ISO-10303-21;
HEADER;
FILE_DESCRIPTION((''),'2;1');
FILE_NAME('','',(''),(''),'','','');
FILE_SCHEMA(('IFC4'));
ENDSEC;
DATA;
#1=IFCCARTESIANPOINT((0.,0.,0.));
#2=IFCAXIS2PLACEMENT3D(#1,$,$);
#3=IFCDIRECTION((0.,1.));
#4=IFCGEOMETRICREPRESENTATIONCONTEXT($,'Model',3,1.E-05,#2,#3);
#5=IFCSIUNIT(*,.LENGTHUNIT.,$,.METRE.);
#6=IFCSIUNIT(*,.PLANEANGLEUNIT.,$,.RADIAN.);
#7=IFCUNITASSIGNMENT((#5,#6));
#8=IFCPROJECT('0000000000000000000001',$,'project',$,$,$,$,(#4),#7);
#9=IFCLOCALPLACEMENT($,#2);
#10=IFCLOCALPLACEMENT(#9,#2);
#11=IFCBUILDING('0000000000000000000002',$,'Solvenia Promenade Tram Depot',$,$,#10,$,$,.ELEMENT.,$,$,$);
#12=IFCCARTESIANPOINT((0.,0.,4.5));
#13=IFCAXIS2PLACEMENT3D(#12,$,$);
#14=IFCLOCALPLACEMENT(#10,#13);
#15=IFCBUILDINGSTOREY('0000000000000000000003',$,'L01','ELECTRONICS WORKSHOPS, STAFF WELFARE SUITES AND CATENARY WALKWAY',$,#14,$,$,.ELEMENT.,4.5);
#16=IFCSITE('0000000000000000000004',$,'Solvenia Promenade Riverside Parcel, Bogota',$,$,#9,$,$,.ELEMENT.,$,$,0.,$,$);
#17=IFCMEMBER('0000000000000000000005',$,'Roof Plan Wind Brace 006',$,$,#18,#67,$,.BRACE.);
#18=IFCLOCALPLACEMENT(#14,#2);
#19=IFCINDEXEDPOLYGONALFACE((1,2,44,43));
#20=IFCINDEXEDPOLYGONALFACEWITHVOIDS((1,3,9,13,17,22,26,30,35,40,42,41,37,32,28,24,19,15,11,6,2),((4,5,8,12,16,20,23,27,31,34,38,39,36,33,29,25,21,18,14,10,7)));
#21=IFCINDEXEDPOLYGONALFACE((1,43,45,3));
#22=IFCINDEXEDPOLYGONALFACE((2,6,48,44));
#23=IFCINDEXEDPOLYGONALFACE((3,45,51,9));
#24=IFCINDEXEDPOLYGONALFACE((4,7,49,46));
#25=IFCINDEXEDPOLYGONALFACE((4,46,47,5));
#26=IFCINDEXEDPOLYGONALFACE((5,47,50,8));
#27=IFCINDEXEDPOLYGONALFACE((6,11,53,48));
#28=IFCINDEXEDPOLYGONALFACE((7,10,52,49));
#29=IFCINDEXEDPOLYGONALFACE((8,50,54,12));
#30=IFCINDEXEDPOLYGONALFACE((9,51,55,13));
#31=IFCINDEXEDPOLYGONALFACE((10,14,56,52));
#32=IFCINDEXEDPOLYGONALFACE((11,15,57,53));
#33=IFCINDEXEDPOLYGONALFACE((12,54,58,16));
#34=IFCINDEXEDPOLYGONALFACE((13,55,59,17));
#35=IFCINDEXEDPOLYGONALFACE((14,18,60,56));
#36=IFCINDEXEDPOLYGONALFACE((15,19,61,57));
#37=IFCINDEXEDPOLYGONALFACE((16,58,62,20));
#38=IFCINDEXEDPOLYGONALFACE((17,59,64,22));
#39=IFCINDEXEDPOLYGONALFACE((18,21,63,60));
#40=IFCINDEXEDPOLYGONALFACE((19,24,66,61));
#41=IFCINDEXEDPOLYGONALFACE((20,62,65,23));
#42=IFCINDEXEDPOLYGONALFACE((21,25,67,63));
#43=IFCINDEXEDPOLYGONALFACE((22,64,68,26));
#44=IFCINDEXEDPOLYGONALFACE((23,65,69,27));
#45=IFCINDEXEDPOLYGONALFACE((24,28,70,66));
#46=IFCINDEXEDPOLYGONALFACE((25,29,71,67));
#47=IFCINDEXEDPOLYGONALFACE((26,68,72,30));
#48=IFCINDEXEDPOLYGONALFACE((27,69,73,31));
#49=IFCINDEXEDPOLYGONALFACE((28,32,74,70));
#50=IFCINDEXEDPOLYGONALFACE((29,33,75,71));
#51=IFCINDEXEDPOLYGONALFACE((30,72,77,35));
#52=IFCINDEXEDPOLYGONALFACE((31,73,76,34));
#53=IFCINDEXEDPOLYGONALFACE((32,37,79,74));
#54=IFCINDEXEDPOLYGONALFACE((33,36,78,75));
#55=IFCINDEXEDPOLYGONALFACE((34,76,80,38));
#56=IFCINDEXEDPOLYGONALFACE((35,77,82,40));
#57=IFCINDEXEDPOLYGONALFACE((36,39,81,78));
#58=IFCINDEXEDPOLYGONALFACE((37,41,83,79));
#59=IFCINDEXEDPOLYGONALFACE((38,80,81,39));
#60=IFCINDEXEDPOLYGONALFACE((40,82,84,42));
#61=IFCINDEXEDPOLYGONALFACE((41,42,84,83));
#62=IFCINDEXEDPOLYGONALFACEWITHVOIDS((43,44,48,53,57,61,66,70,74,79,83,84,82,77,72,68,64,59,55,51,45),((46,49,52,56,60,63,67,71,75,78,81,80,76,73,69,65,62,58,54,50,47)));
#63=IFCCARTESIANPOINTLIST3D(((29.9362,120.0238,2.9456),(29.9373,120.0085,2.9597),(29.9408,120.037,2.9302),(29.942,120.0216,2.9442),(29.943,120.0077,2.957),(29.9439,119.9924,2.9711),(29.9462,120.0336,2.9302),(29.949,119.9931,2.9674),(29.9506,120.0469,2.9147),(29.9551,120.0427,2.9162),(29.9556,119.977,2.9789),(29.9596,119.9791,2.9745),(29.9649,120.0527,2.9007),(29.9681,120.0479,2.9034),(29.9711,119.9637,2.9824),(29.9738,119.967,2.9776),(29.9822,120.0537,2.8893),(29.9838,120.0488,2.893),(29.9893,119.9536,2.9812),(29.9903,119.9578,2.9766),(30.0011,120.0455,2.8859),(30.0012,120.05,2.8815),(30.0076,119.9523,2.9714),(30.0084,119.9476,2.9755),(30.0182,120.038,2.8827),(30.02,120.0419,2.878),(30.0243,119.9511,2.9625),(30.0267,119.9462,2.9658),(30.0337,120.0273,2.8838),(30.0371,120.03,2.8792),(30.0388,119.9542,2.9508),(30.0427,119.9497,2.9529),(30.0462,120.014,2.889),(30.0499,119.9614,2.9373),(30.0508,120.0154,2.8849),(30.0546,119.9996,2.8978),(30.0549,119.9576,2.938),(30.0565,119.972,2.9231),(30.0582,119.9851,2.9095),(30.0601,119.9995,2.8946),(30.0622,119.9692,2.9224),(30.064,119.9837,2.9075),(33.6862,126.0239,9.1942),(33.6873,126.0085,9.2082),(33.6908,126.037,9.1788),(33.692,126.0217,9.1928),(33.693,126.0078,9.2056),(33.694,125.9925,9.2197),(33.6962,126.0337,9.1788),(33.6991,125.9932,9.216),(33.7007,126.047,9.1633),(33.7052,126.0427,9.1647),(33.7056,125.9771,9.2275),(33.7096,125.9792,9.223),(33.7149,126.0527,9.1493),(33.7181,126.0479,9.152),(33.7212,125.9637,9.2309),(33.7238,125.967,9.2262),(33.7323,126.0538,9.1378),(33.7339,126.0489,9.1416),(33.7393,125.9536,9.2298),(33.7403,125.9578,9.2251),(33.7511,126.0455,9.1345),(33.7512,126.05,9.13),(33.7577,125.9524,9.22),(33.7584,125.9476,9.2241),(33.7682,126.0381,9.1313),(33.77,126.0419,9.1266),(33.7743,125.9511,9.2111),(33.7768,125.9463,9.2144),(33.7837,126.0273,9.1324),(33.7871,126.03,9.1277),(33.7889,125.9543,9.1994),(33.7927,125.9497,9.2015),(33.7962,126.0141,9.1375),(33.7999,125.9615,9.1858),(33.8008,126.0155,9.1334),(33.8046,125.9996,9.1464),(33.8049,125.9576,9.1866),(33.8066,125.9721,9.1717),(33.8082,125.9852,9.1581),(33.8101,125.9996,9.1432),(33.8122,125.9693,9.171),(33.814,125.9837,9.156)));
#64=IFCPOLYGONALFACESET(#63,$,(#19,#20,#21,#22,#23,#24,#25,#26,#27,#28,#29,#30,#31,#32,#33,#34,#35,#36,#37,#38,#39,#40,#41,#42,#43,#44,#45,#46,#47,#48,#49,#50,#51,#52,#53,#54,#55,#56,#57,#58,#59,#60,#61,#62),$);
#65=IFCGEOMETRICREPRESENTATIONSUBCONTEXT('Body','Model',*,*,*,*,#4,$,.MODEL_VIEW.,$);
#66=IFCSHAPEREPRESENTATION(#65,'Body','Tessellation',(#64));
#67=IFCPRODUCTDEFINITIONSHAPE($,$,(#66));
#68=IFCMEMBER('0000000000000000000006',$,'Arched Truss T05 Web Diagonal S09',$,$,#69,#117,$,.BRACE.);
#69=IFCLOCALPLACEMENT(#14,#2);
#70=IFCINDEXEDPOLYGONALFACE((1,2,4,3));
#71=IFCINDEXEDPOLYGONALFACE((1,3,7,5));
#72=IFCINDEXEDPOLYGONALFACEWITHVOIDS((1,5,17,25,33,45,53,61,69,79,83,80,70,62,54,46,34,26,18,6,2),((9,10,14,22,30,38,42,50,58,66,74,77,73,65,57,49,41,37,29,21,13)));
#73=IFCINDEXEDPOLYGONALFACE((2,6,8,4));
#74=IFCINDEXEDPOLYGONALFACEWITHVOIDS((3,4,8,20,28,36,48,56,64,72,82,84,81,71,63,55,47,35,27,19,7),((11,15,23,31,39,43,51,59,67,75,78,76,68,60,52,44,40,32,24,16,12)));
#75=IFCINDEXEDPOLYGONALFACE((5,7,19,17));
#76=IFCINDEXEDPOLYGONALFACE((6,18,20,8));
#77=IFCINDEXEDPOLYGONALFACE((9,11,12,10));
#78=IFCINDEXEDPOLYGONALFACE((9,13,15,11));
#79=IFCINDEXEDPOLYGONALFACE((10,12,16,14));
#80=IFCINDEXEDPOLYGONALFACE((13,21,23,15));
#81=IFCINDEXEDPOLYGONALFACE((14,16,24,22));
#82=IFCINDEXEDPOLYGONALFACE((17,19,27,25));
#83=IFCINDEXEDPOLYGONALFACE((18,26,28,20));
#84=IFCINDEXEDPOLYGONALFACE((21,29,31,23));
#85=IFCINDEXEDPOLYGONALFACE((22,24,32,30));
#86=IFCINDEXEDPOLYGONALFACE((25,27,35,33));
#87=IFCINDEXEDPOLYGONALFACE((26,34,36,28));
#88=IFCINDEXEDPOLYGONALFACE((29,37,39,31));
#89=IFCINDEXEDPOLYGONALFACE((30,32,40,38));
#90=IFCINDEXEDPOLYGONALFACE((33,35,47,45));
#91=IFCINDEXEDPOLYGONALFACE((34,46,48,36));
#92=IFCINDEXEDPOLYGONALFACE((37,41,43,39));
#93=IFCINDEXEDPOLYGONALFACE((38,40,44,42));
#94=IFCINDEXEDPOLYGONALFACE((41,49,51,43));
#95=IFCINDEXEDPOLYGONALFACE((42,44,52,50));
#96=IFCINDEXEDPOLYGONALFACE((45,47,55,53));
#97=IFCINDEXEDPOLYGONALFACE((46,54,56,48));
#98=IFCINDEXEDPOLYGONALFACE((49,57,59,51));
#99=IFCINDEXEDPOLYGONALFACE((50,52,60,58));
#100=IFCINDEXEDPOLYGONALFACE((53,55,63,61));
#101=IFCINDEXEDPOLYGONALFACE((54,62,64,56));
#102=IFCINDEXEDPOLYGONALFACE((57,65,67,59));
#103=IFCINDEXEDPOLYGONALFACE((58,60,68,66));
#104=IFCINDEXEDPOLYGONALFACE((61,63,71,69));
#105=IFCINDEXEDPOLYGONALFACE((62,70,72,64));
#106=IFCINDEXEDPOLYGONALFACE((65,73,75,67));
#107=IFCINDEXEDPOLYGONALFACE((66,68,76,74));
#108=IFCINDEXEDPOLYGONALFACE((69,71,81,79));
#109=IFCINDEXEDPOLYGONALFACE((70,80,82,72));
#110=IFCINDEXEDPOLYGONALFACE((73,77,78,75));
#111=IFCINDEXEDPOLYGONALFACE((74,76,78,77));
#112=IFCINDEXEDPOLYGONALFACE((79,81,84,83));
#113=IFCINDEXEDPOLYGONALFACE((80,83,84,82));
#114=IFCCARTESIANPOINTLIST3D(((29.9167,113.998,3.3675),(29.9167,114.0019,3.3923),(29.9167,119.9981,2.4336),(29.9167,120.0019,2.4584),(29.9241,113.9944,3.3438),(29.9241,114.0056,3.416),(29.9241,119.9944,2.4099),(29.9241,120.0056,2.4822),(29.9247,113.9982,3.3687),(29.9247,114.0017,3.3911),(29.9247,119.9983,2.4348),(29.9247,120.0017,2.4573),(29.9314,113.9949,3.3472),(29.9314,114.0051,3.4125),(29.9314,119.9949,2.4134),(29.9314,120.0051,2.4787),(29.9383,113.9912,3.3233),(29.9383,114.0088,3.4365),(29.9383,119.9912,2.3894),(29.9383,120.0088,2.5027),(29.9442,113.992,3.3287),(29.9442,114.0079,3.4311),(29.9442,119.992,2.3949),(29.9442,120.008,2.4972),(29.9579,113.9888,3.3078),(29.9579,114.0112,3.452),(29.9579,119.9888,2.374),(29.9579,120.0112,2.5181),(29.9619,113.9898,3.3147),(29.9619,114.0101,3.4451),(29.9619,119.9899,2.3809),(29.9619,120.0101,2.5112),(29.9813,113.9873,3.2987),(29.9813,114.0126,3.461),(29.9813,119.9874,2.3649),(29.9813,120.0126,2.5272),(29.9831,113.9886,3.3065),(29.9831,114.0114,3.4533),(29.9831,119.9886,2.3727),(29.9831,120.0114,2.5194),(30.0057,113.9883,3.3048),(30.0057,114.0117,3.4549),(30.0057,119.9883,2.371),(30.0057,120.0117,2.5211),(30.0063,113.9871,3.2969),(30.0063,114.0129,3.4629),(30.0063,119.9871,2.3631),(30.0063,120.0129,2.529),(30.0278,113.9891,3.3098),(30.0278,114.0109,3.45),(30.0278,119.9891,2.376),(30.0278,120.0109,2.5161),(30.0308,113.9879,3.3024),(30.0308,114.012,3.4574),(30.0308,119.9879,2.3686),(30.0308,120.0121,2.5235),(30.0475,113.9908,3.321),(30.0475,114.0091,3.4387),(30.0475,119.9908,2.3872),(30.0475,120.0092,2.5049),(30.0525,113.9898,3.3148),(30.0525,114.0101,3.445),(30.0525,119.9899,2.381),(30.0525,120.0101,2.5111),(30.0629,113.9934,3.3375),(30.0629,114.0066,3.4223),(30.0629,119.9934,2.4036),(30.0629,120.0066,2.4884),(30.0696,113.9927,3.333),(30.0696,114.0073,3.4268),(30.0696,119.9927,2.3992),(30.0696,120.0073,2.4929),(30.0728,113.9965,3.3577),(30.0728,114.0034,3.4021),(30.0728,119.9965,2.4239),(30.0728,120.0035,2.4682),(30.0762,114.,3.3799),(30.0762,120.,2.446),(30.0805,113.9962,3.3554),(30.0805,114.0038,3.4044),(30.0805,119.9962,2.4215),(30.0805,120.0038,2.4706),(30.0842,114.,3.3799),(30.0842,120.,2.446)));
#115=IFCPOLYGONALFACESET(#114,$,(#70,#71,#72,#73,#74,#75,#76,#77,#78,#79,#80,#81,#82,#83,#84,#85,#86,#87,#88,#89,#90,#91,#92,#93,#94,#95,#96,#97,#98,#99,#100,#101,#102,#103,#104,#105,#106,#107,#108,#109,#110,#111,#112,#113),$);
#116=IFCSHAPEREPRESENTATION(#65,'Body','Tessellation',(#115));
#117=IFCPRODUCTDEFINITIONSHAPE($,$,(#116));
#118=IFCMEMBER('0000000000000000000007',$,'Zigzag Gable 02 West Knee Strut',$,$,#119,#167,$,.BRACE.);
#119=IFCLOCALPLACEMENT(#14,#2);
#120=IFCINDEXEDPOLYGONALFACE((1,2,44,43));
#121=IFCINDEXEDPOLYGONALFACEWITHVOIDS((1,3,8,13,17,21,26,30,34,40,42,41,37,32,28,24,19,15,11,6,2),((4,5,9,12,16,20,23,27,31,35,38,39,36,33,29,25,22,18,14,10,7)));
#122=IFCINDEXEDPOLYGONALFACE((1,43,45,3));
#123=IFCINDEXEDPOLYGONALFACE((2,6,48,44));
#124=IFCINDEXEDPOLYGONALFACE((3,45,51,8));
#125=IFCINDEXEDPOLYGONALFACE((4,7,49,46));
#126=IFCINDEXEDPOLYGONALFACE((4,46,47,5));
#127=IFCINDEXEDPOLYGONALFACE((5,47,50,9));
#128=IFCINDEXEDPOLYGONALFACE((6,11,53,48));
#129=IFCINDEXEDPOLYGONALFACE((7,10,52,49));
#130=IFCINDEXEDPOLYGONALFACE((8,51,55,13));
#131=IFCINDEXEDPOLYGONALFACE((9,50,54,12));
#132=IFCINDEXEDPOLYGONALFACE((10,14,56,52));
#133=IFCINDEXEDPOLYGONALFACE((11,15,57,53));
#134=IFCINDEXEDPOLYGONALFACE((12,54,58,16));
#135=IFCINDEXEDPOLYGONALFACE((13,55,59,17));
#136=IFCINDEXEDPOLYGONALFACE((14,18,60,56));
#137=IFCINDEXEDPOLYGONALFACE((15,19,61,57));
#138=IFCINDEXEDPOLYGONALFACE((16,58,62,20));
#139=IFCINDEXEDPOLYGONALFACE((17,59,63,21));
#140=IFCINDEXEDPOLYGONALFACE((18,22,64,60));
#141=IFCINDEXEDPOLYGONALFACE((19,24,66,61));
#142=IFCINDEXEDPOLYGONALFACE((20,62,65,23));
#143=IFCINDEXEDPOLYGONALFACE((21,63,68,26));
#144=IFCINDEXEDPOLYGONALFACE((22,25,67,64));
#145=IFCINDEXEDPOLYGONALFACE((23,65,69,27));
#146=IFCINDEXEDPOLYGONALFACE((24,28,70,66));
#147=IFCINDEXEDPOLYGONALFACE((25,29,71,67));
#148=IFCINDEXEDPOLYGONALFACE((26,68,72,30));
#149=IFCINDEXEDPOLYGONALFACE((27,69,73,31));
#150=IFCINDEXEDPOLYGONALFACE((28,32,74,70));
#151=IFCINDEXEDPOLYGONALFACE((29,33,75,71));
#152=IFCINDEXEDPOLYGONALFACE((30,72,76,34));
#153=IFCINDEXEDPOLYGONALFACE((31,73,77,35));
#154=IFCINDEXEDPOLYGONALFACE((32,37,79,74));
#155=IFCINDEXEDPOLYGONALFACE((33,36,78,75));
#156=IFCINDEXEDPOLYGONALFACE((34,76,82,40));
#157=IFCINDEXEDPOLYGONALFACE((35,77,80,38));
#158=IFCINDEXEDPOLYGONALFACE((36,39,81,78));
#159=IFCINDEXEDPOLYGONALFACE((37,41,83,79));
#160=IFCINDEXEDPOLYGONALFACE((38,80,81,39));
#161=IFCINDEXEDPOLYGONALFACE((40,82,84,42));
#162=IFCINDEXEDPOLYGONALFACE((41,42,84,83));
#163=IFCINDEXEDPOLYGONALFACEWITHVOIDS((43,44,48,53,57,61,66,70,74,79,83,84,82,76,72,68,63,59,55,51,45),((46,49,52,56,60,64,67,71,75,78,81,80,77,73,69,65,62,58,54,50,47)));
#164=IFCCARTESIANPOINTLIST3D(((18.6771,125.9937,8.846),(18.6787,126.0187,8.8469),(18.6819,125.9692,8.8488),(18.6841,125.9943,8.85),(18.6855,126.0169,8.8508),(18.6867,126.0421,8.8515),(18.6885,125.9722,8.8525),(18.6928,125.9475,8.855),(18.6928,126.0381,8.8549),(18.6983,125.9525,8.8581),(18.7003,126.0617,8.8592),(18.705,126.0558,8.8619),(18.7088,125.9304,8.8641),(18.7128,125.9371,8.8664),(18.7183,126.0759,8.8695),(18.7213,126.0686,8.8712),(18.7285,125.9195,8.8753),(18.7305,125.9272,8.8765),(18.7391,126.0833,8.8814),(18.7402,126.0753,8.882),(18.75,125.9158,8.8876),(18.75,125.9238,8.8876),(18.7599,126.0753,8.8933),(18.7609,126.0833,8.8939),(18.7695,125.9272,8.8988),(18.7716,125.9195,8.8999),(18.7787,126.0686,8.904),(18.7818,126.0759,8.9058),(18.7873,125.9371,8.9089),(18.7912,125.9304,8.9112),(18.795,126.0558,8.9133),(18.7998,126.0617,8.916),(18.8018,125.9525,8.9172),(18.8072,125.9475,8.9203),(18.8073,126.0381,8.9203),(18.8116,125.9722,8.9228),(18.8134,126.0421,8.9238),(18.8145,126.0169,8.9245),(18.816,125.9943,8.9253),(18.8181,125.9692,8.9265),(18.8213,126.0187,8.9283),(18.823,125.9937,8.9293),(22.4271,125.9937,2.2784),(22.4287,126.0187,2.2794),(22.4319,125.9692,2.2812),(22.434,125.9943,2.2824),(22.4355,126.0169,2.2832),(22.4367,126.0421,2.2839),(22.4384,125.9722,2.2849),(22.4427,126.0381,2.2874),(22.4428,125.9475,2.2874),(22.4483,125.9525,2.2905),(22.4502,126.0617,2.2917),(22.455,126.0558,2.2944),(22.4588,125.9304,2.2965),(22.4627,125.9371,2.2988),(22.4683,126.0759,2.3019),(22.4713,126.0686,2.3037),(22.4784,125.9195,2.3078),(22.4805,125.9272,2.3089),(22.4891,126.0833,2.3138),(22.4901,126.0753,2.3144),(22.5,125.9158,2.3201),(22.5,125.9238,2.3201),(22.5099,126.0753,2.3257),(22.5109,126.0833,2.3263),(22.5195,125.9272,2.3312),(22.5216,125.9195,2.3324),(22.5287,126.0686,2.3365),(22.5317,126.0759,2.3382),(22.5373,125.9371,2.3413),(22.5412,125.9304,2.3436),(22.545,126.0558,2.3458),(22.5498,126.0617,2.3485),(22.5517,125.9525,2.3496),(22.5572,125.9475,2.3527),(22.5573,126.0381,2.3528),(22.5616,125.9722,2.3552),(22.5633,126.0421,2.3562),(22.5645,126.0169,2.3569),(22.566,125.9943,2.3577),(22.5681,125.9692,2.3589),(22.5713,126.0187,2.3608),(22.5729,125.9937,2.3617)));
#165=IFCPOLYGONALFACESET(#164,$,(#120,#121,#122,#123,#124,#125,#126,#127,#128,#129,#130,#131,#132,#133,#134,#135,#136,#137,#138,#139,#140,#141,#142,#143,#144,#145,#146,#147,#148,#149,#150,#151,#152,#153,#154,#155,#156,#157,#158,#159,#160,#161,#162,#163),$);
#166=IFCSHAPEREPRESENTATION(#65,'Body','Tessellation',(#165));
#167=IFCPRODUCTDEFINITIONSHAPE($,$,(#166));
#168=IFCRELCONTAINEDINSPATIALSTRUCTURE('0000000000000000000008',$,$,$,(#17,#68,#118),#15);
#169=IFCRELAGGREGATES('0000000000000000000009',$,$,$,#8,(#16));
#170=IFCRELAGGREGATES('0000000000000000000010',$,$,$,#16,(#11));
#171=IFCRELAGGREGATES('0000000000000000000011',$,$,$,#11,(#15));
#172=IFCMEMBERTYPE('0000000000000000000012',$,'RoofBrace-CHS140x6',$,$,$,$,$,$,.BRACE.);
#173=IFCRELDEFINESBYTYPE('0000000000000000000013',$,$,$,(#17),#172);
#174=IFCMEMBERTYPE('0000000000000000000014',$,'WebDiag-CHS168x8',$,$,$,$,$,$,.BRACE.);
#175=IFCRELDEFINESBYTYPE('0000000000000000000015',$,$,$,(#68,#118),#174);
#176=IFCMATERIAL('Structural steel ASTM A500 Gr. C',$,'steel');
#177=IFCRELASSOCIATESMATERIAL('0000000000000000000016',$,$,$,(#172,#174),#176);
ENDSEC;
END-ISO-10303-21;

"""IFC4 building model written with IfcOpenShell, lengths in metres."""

from ifc_helpers import new_model, si_unit, direction, frame, origin, origin_2d, place, context, subcontext, project, spatial, hollow_circle, extrude, material, material_profile, profile_set, type_object, element, save


model = new_model("IFC4")

# Units and contexts
model_context = context("Model", 3, precision=1e-05, world=origin(), true_north=direction((0.0, 1.0)))
body_context = subcontext(model_context, "Body", "Model", "MODEL_VIEW")
ifc_project = project(units=[si_unit("LENGTHUNIT", "METRE"), si_unit("PLANEANGLEUNIT", "RADIAN")], contexts=[model_context])

# Site, building, storey
site_placement = place(None, origin())
site = spatial("IfcSite", under=ifc_project, at=site_placement, Name="Solvenia Promenade Riverside Parcel, Bogota", CompositionType="ELEMENT", RefElevation=0.0)
building_placement = place(site_placement, origin())
building = spatial("IfcBuilding", under=site, at=building_placement, Name="Solvenia Promenade Tram Depot", CompositionType="ELEMENT")
storey_placement = place(building_placement, frame((0.0, 0.0, 4.5)))
storey = spatial("IfcBuildingStorey", under=building, at=storey_placement, Name="L01", Description="ELECTRONICS WORKSHOPS, STAFF WELFARE SUITES AND CATENARY WALKWAY", CompositionType="ELEMENT", Elevation=4.5)

# Shared definitions
ifc_material_1 = material(Name="Structural steel ASTM A500 Gr. C", Category="steel")

# Members
ifc_material_profile_1 = material_profile(ifc_material_1, hollow_circle(Radius=0.0698, WallThickness=0.0063, at=origin_2d()), Name="CHS139.7x6.3", Category="steel")
ifc_profile_set_1 = profile_set([ifc_material_profile_1], Name="Structural steel ASTM A500 Gr. C")
member_type_1 = type_object("IfcMemberType", Name="RoofBrace-CHS140x6", PredefinedType="BRACE", material=ifc_profile_set_1)
member_1_placement = place(storey_placement, frame((30.0, 120.0, 2.9302), z_axis=(0.397261, 0.635618, 0.661947), x_axis=(-0.847998, 0.529999, 0.0)))
element("IfcMember", 1, at=member_1_placement, inside=storey, type_object=member_type_1, Name="Roof Plan Wind Brace 006", PredefinedType="BRACE", context=body_context, shape_type="SweptSolid", body=[
    extrude(hollow_circle(Radius=0.0698, WallThickness=0.0063, at=origin_2d()), origin(), (0.0, 0.0, 1.0), 9.4397),
])
ifc_material_profile_2 = material_profile(ifc_material_1, hollow_circle(Radius=0.0842, WallThickness=0.0081, at=origin_2d()), Name="CHS168.3x8", Category="steel")
ifc_profile_set_2 = profile_set([ifc_material_profile_2], Name="Structural steel ASTM A500 Gr. C")
member_type_2 = type_object("IfcMemberType", Name="WebDiag-CHS168x8", PredefinedType="BRACE", material=ifc_profile_set_2)
member_2_placement = place(storey_placement, frame((30.0, 120.0, 2.446), z_axis=(0.0, -0.988104, 0.153788), x_axis=(1.0, 0.0, 0.0)))
element("IfcMember", 2, at=member_2_placement, inside=storey, type_object=member_type_2, Name="Arched Truss T05 Web Diagonal S09", PredefinedType="BRACE", context=body_context, shape_type="SweptSolid", body=[
    extrude(hollow_circle(Radius=0.0842, WallThickness=0.0081, at=origin_2d()), origin(), (0.0, 0.0, 1.0), 6.0723),
])
for number, where, z_axis, x_axis, name in (
    (3, (22.5, 126.0, 2.3201), (-0.495847, 0.0, 0.86841), (0.0, -1.0, 0.0), "Zigzag Gable 02 West Knee Strut"),
):
    element("IfcMember", number, at=place(storey_placement, frame(where, z_axis=z_axis, x_axis=x_axis)), inside=storey, type_object=member_type_2, Name=name, PredefinedType="BRACE", context=body_context, shape_type="SweptSolid", body=[
        extrude(hollow_circle(Radius=0.0842, WallThickness=0.0081, at=origin_2d()), origin(), (0.0, 0.0, 1.0), 7.5627),
    ])

save(model, "model.ifc")
